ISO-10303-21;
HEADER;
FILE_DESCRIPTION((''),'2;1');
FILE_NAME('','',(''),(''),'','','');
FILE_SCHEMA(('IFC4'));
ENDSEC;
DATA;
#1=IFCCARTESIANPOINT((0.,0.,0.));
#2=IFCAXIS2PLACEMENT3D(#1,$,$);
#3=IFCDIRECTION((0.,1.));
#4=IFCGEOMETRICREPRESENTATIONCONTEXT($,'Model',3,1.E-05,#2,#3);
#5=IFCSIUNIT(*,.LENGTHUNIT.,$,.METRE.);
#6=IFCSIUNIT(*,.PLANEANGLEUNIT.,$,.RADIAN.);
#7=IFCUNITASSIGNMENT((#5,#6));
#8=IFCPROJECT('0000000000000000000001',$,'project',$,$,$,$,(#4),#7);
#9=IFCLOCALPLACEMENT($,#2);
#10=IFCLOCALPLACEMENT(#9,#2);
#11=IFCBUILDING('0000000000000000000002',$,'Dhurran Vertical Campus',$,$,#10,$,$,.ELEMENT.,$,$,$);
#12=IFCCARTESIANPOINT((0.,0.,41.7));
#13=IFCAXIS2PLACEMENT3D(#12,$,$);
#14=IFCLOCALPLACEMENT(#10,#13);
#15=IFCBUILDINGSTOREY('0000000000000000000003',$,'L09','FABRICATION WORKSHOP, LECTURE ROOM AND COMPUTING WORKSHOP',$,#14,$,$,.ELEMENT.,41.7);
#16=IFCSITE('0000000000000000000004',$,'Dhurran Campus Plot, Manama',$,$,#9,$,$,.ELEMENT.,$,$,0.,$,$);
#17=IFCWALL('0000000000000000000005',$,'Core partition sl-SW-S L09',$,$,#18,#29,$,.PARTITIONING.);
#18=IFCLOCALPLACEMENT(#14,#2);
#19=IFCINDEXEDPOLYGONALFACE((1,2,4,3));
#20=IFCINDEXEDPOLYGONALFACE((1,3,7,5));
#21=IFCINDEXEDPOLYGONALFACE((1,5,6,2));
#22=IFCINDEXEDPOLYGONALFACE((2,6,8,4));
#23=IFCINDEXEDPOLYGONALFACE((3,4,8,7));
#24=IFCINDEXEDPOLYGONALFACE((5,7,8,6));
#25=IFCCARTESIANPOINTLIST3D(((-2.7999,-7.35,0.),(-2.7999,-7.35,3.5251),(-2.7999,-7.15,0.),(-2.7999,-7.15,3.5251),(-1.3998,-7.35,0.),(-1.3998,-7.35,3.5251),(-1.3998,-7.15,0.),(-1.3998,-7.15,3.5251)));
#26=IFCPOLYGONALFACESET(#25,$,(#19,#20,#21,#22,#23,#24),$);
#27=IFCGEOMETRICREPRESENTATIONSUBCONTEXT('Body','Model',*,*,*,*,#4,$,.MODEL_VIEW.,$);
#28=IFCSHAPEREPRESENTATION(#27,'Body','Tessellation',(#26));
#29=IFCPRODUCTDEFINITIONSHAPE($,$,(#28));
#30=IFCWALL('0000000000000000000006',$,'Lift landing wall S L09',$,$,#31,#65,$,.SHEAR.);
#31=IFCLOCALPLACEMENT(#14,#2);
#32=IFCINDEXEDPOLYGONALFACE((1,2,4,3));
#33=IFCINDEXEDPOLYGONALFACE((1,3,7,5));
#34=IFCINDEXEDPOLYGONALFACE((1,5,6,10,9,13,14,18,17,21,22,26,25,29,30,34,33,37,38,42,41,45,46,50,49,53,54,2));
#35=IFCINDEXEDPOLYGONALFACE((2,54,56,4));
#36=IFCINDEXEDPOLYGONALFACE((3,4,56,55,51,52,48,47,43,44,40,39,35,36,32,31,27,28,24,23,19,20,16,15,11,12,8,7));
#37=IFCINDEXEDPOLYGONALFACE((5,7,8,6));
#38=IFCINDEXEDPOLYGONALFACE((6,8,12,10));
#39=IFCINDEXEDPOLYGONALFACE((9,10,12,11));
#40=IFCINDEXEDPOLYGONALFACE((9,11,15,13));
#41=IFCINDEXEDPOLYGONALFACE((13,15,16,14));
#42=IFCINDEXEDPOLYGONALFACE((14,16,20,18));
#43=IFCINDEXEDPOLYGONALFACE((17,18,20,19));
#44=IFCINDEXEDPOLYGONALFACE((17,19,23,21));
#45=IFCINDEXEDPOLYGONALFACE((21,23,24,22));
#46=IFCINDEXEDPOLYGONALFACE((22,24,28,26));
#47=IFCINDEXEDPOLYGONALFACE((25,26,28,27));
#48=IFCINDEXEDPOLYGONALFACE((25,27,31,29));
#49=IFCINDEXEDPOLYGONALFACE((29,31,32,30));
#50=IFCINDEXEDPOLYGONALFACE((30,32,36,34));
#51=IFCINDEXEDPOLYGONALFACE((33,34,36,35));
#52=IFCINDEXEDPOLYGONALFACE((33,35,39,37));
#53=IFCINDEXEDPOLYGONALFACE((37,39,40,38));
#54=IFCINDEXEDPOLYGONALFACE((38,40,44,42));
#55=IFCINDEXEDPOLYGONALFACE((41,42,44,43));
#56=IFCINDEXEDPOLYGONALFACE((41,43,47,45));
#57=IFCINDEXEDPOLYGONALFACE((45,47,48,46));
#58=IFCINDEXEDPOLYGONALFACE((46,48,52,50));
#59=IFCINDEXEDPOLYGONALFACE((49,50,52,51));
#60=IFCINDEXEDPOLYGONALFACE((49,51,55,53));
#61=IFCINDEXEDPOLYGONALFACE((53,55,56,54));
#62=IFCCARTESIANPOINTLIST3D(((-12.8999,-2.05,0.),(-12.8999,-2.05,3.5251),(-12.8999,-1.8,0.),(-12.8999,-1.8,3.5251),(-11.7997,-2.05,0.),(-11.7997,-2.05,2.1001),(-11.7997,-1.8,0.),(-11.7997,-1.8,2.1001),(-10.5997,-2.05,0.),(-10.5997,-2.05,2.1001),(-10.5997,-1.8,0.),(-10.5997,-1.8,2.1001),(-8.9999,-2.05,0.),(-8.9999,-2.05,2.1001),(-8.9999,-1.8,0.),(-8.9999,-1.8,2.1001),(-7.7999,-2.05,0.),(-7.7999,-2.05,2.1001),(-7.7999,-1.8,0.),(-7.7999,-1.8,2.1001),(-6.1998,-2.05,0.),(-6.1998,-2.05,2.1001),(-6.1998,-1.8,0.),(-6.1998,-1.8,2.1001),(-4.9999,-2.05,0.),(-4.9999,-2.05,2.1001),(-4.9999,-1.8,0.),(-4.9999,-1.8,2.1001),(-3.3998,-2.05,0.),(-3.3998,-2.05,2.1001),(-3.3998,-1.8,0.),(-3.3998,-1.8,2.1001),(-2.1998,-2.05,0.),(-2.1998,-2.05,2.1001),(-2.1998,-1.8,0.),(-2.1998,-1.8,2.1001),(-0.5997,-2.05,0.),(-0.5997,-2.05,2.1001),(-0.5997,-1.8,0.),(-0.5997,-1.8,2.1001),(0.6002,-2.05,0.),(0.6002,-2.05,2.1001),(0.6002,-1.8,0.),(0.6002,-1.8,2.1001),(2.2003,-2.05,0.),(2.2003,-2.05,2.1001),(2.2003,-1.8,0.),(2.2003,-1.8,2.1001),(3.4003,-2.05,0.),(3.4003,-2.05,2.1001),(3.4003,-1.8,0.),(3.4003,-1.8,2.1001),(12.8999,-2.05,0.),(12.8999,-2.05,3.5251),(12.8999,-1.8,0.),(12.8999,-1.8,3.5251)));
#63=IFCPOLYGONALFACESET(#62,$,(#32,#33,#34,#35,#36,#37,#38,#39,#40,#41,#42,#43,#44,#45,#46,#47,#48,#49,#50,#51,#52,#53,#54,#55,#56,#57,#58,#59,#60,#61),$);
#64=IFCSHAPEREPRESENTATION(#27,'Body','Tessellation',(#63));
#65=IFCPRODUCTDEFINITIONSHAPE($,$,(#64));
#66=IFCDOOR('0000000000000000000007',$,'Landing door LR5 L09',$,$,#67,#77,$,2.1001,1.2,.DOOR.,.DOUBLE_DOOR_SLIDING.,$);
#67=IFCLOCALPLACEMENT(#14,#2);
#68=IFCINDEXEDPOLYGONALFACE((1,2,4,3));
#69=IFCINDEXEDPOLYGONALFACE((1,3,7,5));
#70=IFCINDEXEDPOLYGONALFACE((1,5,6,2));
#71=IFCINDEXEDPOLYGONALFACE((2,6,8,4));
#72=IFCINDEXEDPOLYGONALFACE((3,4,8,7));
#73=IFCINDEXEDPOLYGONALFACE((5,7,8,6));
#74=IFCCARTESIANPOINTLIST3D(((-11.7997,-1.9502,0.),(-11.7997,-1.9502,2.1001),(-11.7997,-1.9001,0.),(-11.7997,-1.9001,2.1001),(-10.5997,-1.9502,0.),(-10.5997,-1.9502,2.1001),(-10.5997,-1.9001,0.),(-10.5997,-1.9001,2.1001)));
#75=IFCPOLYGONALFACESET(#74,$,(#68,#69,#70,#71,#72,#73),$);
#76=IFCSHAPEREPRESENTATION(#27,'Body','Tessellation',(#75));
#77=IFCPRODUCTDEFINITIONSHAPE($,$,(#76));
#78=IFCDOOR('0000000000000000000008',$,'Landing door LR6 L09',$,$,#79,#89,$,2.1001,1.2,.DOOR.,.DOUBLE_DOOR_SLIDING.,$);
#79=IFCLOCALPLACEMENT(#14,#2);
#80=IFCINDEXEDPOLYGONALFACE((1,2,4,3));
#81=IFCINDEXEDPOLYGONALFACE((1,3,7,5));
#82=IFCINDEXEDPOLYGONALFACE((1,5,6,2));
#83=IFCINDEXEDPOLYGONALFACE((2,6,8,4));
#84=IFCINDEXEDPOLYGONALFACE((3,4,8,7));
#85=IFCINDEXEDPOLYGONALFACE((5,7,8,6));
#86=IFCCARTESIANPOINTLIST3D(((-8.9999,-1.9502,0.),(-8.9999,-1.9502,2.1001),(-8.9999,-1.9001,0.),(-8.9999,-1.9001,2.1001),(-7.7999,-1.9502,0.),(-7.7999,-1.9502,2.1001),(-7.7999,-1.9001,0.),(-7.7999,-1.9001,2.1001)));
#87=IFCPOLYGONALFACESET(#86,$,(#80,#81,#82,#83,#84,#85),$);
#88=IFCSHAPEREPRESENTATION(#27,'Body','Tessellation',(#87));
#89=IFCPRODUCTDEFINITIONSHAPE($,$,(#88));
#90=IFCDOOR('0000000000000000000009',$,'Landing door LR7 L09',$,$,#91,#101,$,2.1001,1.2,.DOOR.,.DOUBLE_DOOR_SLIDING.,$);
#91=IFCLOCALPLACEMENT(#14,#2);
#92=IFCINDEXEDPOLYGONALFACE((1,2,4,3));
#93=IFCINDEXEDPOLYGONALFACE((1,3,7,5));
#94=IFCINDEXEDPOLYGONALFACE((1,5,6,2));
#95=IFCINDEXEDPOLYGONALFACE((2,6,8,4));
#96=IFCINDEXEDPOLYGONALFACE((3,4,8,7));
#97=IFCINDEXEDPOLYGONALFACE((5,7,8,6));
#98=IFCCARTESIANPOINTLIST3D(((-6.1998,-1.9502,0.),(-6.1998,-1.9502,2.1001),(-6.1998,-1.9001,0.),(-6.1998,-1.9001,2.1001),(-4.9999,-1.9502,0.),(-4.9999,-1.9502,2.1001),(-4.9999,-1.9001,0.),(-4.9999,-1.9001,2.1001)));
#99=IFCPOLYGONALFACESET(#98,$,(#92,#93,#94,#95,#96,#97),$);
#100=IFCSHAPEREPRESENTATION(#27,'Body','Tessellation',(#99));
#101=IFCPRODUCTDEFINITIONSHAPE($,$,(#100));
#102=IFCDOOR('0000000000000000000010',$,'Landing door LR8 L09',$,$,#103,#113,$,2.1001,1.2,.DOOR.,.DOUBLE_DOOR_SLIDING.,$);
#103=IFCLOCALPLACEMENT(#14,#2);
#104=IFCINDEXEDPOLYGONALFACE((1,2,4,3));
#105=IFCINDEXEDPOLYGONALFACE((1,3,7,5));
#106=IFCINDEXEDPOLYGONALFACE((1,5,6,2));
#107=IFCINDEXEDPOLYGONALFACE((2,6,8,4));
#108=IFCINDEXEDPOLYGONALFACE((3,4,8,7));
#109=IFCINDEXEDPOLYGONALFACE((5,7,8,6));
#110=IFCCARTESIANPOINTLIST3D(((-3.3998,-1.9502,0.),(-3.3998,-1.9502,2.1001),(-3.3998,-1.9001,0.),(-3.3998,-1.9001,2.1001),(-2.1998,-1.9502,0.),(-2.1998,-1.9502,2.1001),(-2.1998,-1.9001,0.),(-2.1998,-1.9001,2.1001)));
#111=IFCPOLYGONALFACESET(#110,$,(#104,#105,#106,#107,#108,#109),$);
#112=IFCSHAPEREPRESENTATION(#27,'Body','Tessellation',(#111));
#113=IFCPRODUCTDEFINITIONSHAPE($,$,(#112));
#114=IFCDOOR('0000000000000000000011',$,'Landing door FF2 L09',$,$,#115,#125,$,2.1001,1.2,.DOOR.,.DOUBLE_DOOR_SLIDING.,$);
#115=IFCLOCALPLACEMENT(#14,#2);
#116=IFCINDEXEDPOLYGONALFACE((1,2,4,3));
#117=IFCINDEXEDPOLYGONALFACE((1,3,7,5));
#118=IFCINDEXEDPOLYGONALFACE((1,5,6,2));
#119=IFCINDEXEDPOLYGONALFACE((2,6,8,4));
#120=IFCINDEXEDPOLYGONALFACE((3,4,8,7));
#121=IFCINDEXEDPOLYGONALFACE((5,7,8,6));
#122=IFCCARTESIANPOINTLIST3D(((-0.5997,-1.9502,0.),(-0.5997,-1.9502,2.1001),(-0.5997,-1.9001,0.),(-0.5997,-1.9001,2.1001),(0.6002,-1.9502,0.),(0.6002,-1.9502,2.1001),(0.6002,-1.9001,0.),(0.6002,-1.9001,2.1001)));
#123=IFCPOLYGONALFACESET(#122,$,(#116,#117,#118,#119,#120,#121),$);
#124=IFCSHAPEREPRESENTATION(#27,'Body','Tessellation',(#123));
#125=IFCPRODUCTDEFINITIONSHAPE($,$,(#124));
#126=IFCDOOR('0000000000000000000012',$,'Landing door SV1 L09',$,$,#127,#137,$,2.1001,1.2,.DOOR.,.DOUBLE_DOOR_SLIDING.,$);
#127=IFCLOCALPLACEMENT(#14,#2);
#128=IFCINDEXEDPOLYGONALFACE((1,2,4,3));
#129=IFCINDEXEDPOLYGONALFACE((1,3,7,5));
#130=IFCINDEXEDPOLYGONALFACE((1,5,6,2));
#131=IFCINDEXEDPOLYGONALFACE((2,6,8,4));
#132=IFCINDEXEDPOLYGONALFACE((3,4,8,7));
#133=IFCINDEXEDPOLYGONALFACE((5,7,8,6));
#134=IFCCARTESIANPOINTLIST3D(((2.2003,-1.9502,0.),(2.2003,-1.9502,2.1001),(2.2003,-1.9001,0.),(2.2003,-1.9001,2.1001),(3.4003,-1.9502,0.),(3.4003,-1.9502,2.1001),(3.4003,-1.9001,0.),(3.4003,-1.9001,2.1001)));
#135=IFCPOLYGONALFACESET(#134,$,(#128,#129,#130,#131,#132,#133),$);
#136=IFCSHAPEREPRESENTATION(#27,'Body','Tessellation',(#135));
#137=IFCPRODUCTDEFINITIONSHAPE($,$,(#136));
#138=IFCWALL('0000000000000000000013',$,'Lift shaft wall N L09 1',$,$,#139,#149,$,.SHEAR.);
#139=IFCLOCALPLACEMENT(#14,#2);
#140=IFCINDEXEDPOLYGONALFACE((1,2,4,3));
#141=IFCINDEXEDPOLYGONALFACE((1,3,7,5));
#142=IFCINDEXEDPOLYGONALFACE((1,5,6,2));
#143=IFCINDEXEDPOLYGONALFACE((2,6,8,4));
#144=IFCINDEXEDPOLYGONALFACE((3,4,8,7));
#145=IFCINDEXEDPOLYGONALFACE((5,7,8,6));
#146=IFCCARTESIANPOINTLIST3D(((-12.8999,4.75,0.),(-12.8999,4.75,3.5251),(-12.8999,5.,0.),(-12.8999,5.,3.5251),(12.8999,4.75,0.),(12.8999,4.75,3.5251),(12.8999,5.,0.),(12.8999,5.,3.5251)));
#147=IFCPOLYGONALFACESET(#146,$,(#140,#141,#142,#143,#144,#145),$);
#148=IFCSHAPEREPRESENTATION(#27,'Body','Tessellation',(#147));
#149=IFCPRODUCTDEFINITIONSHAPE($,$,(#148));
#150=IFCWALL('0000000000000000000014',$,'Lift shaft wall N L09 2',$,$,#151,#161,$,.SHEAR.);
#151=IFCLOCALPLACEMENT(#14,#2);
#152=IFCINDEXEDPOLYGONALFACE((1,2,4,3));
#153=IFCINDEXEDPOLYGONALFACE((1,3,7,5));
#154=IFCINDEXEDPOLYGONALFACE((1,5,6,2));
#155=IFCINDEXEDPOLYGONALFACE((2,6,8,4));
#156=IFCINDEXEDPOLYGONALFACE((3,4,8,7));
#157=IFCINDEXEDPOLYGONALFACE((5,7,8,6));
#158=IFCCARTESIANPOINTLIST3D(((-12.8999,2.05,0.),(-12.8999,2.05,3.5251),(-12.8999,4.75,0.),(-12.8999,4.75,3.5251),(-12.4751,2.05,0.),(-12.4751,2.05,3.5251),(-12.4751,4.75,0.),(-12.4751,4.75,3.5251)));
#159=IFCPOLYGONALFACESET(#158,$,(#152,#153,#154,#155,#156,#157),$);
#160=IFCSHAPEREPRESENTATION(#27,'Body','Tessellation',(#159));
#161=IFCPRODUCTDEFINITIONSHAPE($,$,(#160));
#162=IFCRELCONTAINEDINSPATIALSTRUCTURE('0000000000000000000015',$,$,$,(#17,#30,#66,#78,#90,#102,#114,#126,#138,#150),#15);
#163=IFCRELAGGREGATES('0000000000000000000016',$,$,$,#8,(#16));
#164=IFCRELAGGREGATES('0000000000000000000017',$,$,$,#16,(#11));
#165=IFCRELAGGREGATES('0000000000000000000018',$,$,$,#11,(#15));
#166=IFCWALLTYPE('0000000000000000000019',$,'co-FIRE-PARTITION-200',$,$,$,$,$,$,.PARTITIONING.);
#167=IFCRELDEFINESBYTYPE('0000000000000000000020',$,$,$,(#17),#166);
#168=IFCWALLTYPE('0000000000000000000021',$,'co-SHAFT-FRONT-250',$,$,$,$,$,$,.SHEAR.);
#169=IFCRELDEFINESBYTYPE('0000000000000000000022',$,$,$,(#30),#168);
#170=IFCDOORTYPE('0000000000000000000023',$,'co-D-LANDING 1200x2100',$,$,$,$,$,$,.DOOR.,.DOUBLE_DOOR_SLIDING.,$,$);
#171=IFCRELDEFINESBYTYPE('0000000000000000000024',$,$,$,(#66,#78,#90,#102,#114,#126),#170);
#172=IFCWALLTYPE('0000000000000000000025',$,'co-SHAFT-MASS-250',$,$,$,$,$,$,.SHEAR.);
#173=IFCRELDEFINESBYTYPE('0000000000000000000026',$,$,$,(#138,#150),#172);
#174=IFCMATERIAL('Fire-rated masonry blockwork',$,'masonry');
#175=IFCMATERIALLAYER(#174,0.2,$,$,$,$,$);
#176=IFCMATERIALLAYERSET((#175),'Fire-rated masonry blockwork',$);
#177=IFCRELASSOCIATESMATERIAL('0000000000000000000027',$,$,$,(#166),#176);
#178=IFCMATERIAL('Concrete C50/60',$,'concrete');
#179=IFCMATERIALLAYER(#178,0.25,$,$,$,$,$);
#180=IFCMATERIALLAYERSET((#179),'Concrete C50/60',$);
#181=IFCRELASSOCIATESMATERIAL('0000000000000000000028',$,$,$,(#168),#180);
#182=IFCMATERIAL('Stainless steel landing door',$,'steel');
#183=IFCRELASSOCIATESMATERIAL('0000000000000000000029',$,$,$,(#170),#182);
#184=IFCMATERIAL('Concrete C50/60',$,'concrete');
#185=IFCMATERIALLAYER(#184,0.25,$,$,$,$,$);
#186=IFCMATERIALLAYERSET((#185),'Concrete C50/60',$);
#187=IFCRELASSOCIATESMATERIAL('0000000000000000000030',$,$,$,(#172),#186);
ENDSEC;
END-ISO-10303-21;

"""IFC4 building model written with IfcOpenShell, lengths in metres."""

from ifc_helpers import new_model, si_unit, direction, frame, frame_2d, origin, place, context, subcontext, project, spatial, polyline, rectangle, outline, extrude, material, layer, layer_set, type_object, element, fill, save


model = new_model("IFC4")

# Units and contexts
model_context = context("Model", 3, precision=1e-05, world=origin(), true_north=direction((0.0, 1.0)))
body_context = subcontext(model_context, "Body", "Model", "MODEL_VIEW")
ifc_project = project(units=[si_unit("LENGTHUNIT", "METRE"), si_unit("PLANEANGLEUNIT", "RADIAN")], contexts=[model_context])

# Site, building, storey
site_placement = place(None, origin())
site = spatial("IfcSite", under=ifc_project, at=site_placement, Name="Dhurran Campus Plot, Manama", CompositionType="ELEMENT", RefElevation=0.0)
building_placement = place(site_placement, origin())
building = spatial("IfcBuilding", under=site, at=building_placement, Name="Dhurran Vertical Campus", CompositionType="ELEMENT")
storey_placement = place(building_placement, frame((0.0, 0.0, 41.7)))
storey = spatial("IfcBuildingStorey", under=building, at=storey_placement, Name="L09", Description="FABRICATION WORKSHOP, LECTURE ROOM AND COMPUTING WORKSHOP", CompositionType="ELEMENT", Elevation=41.7)

# Shared definitions
ifc_material_1 = material(Name="Fire-rated masonry blockwork", Category="masonry")
ifc_layer_1 = layer(ifc_material_1, 0.2)
ifc_layer_set_1 = layer_set([ifc_layer_1], Name="Fire-rated masonry blockwork")
wall_type_1 = type_object("IfcWallType", Name="co-FIRE-PARTITION-200", PredefinedType="PARTITIONING", material=ifc_layer_set_1)

# Wall
wall_1_placement = place(storey_placement, frame((-2.8, -7.25, 0.0), z_axis=(0.0, 0.0, 1.0), x_axis=(1.0, 0.0, 0.0)))
element("IfcWall", 1, at=wall_1_placement, inside=storey, type_object=wall_type_1, Name="Core partition sl-SW-S L09", PredefinedType="PARTITIONING", context=body_context, shape_type="SweptSolid", body=[
    extrude(rectangle(XDim=1.4001, YDim=0.2, at=frame_2d((0.7002, 0.0))), origin(), (0.0, 0.0, 1.0), 3.5251),
])

# Wall, openings, doors
ifc_material_2 = material(Name="Concrete C50/60", Category="concrete")
ifc_layer_2 = layer(ifc_material_2, 0.25)
ifc_layer_set_2 = layer_set([ifc_layer_2], Name="Concrete C50/60")
wall_type_2 = type_object("IfcWallType", Name="co-SHAFT-FRONT-250", PredefinedType="SHEAR", material=ifc_layer_set_2)
wall_2_placement = place(storey_placement, frame((-12.8999, -1.925, 0.0), z_axis=(0.0, 0.0, 1.0), x_axis=(1.0, 0.0, 0.0)))
wall_2 = element("IfcWall", 2, at=wall_2_placement, inside=storey, type_object=wall_type_2, Name="Lift landing wall S L09", PredefinedType="SHEAR", context=body_context, shape_type="SweptSolid", body=[
    extrude(rectangle(XDim=25.7998, YDim=0.25, at=frame_2d((12.8999, 0.0))), origin(), (0.0, 0.0, 1.0), 3.5251),
])
opening_1_placement = place(wall_2_placement, frame((1.1001, 0.0, 0.0)))
opening_1 = element("IfcOpeningElement", 3, at=opening_1_placement, cuts=wall_2, PredefinedType="OPENING", context=body_context, shape_type="SweptSolid", body=[
    extrude(rectangle(XDim=1.2, YDim=2.1001, at=frame_2d((0.6001, 1.05))), frame((0.0, 0.135, 0.0), z_axis=(0.0, -1.0, 0.0), x_axis=(1.0, 0.0, 0.0)), (0.0, 0.0, 1.0), 0.27),
])
opening_2_placement = place(wall_2_placement, frame((3.8999, 0.0, 0.0)))
opening_2 = element("IfcOpeningElement", 4, at=opening_2_placement, cuts=wall_2, PredefinedType="OPENING", context=body_context, shape_type="SweptSolid", body=[
    extrude(rectangle(XDim=1.2, YDim=2.1001, at=frame_2d((0.6001, 1.05))), frame((0.0, 0.135, 0.0), z_axis=(0.0, -1.0, 0.0), x_axis=(1.0, 0.0, 0.0)), (0.0, 0.0, 1.0), 0.27),
])
opening_3_placement = place(wall_2_placement, frame((6.7, 0.0, 0.0)))
opening_3 = element("IfcOpeningElement", 5, at=opening_3_placement, cuts=wall_2, PredefinedType="OPENING", context=body_context, shape_type="SweptSolid", body=[
    extrude(rectangle(XDim=1.2, YDim=2.1001, at=frame_2d((0.6001, 1.05))), frame((0.0, 0.135, 0.0), z_axis=(0.0, -1.0, 0.0), x_axis=(1.0, 0.0, 0.0)), (0.0, 0.0, 1.0), 0.27),
])
opening_4_placement = place(wall_2_placement, frame((9.5, 0.0, 0.0)))
opening_4 = element("IfcOpeningElement", 6, at=opening_4_placement, cuts=wall_2, PredefinedType="OPENING", context=body_context, shape_type="SweptSolid", body=[
    extrude(rectangle(XDim=1.2, YDim=2.1001, at=frame_2d((0.6001, 1.05))), frame((0.0, 0.135, 0.0), z_axis=(0.0, -1.0, 0.0), x_axis=(1.0, 0.0, 0.0)), (0.0, 0.0, 1.0), 0.27),
])
opening_5_placement = place(wall_2_placement, frame((12.3, 0.0, 0.0)))
opening_5 = element("IfcOpeningElement", 7, at=opening_5_placement, cuts=wall_2, PredefinedType="OPENING", context=body_context, shape_type="SweptSolid", body=[
    extrude(rectangle(XDim=1.2, YDim=2.1001, at=frame_2d((0.6001, 1.05))), frame((0.0, 0.135, 0.0), z_axis=(0.0, -1.0, 0.0), x_axis=(1.0, 0.0, 0.0)), (0.0, 0.0, 1.0), 0.27),
])
opening_6_placement = place(wall_2_placement, frame((15.1001, 0.0, 0.0)))
opening_6 = element("IfcOpeningElement", 8, at=opening_6_placement, cuts=wall_2, PredefinedType="OPENING", context=body_context, shape_type="SweptSolid", body=[
    extrude(rectangle(XDim=1.2, YDim=2.1001, at=frame_2d((0.6001, 1.05))), frame((0.0, 0.135, 0.0), z_axis=(0.0, -1.0, 0.0), x_axis=(1.0, 0.0, 0.0)), (0.0, 0.0, 1.0), 0.27),
])
ifc_material_3 = material(Name="Stainless steel landing door", Category="steel")
door_type_1 = type_object("IfcDoorType", Name="co-D-LANDING 1200x2100", OperationType="DOUBLE_DOOR_SLIDING", PredefinedType="DOOR", material=ifc_material_3)
door_1_placement = place(opening_1_placement, origin())
door_1 = element("IfcDoor", 9, at=door_1_placement, inside=storey, type_object=door_type_1, Name="Landing door LR5 L09", OperationType="DOUBLE_DOOR_SLIDING", OverallHeight=2.1001, OverallWidth=1.2, PredefinedType="DOOR", context=body_context, shape_type="SweptSolid", body=[
    extrude(rectangle(XDim=1.2, YDim=2.1001, at=frame_2d((0.6001, 1.05))), frame((0.0, 0.0249, 0.0), z_axis=(0.0, -1.0, 0.0), x_axis=(1.0, 0.0, 0.0)), (0.0, 0.0, 1.0), 0.05),
])
fill(opening_1, door_1)
door_2_placement = place(opening_2_placement, origin())
door_2 = element("IfcDoor", 10, at=door_2_placement, inside=storey, type_object=door_type_1, Name="Landing door LR6 L09", OperationType="DOUBLE_DOOR_SLIDING", OverallHeight=2.1001, OverallWidth=1.2, PredefinedType="DOOR", context=body_context, shape_type="SweptSolid", body=[
    extrude(rectangle(XDim=1.2, YDim=2.1001, at=frame_2d((0.6001, 1.05))), frame((0.0, 0.0249, 0.0), z_axis=(0.0, -1.0, 0.0), x_axis=(1.0, 0.0, 0.0)), (0.0, 0.0, 1.0), 0.05),
])
fill(opening_2, door_2)
door_3_placement = place(opening_3_placement, origin())
door_3 = element("IfcDoor", 11, at=door_3_placement, inside=storey, type_object=door_type_1, Name="Landing door LR7 L09", OperationType="DOUBLE_DOOR_SLIDING", OverallHeight=2.1001, OverallWidth=1.2, PredefinedType="DOOR", context=body_context, shape_type="SweptSolid", body=[
    extrude(rectangle(XDim=1.2, YDim=2.1001, at=frame_2d((0.6001, 1.05))), frame((0.0, 0.0249, 0.0), z_axis=(0.0, -1.0, 0.0), x_axis=(1.0, 0.0, 0.0)), (0.0, 0.0, 1.0), 0.05),
])
fill(opening_3, door_3)
door_4_placement = place(opening_4_placement, origin())
door_4 = element("IfcDoor", 12, at=door_4_placement, inside=storey, type_object=door_type_1, Name="Landing door LR8 L09", OperationType="DOUBLE_DOOR_SLIDING", OverallHeight=2.1001, OverallWidth=1.2, PredefinedType="DOOR", context=body_context, shape_type="SweptSolid", body=[
    extrude(rectangle(XDim=1.2, YDim=2.1001, at=frame_2d((0.6001, 1.05))), frame((0.0, 0.0249, 0.0), z_axis=(0.0, -1.0, 0.0), x_axis=(1.0, 0.0, 0.0)), (0.0, 0.0, 1.0), 0.05),
])
fill(opening_4, door_4)
door_5_placement = place(opening_5_placement, origin())
door_5 = element("IfcDoor", 13, at=door_5_placement, inside=storey, type_object=door_type_1, Name="Landing door FF2 L09", OperationType="DOUBLE_DOOR_SLIDING", OverallHeight=2.1001, OverallWidth=1.2, PredefinedType="DOOR", context=body_context, shape_type="SweptSolid", body=[
    extrude(rectangle(XDim=1.2, YDim=2.1001, at=frame_2d((0.6001, 1.05))), frame((0.0, 0.0249, 0.0), z_axis=(0.0, -1.0, 0.0), x_axis=(1.0, 0.0, 0.0)), (0.0, 0.0, 1.0), 0.05),
])
fill(opening_5, door_5)
door_6_placement = place(opening_6_placement, origin())
door_6 = element("IfcDoor", 14, at=door_6_placement, inside=storey, type_object=door_type_1, Name="Landing door SV1 L09", OperationType="DOUBLE_DOOR_SLIDING", OverallHeight=2.1001, OverallWidth=1.2, PredefinedType="DOOR", context=body_context, shape_type="SweptSolid", body=[
    extrude(rectangle(XDim=1.2, YDim=2.1001, at=frame_2d((0.6001, 1.05))), frame((0.0, 0.0249, 0.0), z_axis=(0.0, -1.0, 0.0), x_axis=(1.0, 0.0, 0.0)), (0.0, 0.0, 1.0), 0.05),
])
fill(opening_6, door_6)

# Walls
ifc_material_4 = material(Name="Concrete C50/60", Category="concrete")
ifc_layer_3 = layer(ifc_material_4, 0.25)
ifc_layer_set_3 = layer_set([ifc_layer_3], Name="Concrete C50/60")
wall_type_3 = type_object("IfcWallType", Name="co-SHAFT-MASS-250", PredefinedType="SHEAR", material=ifc_layer_set_3)
wall_3_placement = place(storey_placement, origin())
element("IfcWall", 15, at=wall_3_placement, inside=storey, type_object=wall_type_3, Name="Lift shaft wall N L09 1", PredefinedType="SHEAR", context=body_context, shape_type="SweptSolid", body=[
    extrude(outline(polyline([(-12.8999, 4.75), (12.8999, 4.75), (12.8999, 5.0), (-12.8999, 5.0), (-12.8999, 4.75)])), origin(), (0.0, 0.0, 1.0), 3.5251),
])
wall_4_placement = place(storey_placement, origin())
element("IfcWall", 16, at=wall_4_placement, inside=storey, type_object=wall_type_3, Name="Lift shaft wall N L09 2", PredefinedType="SHEAR", context=body_context, shape_type="SweptSolid", body=[
    extrude(outline(polyline([(-12.8999, 2.05), (-12.4751, 2.05), (-12.4751, 4.75), (-12.8999, 4.75), (-12.8999, 2.05)])), origin(), (0.0, 0.0, 1.0), 3.5251),
])

save(model, "model.ifc")
